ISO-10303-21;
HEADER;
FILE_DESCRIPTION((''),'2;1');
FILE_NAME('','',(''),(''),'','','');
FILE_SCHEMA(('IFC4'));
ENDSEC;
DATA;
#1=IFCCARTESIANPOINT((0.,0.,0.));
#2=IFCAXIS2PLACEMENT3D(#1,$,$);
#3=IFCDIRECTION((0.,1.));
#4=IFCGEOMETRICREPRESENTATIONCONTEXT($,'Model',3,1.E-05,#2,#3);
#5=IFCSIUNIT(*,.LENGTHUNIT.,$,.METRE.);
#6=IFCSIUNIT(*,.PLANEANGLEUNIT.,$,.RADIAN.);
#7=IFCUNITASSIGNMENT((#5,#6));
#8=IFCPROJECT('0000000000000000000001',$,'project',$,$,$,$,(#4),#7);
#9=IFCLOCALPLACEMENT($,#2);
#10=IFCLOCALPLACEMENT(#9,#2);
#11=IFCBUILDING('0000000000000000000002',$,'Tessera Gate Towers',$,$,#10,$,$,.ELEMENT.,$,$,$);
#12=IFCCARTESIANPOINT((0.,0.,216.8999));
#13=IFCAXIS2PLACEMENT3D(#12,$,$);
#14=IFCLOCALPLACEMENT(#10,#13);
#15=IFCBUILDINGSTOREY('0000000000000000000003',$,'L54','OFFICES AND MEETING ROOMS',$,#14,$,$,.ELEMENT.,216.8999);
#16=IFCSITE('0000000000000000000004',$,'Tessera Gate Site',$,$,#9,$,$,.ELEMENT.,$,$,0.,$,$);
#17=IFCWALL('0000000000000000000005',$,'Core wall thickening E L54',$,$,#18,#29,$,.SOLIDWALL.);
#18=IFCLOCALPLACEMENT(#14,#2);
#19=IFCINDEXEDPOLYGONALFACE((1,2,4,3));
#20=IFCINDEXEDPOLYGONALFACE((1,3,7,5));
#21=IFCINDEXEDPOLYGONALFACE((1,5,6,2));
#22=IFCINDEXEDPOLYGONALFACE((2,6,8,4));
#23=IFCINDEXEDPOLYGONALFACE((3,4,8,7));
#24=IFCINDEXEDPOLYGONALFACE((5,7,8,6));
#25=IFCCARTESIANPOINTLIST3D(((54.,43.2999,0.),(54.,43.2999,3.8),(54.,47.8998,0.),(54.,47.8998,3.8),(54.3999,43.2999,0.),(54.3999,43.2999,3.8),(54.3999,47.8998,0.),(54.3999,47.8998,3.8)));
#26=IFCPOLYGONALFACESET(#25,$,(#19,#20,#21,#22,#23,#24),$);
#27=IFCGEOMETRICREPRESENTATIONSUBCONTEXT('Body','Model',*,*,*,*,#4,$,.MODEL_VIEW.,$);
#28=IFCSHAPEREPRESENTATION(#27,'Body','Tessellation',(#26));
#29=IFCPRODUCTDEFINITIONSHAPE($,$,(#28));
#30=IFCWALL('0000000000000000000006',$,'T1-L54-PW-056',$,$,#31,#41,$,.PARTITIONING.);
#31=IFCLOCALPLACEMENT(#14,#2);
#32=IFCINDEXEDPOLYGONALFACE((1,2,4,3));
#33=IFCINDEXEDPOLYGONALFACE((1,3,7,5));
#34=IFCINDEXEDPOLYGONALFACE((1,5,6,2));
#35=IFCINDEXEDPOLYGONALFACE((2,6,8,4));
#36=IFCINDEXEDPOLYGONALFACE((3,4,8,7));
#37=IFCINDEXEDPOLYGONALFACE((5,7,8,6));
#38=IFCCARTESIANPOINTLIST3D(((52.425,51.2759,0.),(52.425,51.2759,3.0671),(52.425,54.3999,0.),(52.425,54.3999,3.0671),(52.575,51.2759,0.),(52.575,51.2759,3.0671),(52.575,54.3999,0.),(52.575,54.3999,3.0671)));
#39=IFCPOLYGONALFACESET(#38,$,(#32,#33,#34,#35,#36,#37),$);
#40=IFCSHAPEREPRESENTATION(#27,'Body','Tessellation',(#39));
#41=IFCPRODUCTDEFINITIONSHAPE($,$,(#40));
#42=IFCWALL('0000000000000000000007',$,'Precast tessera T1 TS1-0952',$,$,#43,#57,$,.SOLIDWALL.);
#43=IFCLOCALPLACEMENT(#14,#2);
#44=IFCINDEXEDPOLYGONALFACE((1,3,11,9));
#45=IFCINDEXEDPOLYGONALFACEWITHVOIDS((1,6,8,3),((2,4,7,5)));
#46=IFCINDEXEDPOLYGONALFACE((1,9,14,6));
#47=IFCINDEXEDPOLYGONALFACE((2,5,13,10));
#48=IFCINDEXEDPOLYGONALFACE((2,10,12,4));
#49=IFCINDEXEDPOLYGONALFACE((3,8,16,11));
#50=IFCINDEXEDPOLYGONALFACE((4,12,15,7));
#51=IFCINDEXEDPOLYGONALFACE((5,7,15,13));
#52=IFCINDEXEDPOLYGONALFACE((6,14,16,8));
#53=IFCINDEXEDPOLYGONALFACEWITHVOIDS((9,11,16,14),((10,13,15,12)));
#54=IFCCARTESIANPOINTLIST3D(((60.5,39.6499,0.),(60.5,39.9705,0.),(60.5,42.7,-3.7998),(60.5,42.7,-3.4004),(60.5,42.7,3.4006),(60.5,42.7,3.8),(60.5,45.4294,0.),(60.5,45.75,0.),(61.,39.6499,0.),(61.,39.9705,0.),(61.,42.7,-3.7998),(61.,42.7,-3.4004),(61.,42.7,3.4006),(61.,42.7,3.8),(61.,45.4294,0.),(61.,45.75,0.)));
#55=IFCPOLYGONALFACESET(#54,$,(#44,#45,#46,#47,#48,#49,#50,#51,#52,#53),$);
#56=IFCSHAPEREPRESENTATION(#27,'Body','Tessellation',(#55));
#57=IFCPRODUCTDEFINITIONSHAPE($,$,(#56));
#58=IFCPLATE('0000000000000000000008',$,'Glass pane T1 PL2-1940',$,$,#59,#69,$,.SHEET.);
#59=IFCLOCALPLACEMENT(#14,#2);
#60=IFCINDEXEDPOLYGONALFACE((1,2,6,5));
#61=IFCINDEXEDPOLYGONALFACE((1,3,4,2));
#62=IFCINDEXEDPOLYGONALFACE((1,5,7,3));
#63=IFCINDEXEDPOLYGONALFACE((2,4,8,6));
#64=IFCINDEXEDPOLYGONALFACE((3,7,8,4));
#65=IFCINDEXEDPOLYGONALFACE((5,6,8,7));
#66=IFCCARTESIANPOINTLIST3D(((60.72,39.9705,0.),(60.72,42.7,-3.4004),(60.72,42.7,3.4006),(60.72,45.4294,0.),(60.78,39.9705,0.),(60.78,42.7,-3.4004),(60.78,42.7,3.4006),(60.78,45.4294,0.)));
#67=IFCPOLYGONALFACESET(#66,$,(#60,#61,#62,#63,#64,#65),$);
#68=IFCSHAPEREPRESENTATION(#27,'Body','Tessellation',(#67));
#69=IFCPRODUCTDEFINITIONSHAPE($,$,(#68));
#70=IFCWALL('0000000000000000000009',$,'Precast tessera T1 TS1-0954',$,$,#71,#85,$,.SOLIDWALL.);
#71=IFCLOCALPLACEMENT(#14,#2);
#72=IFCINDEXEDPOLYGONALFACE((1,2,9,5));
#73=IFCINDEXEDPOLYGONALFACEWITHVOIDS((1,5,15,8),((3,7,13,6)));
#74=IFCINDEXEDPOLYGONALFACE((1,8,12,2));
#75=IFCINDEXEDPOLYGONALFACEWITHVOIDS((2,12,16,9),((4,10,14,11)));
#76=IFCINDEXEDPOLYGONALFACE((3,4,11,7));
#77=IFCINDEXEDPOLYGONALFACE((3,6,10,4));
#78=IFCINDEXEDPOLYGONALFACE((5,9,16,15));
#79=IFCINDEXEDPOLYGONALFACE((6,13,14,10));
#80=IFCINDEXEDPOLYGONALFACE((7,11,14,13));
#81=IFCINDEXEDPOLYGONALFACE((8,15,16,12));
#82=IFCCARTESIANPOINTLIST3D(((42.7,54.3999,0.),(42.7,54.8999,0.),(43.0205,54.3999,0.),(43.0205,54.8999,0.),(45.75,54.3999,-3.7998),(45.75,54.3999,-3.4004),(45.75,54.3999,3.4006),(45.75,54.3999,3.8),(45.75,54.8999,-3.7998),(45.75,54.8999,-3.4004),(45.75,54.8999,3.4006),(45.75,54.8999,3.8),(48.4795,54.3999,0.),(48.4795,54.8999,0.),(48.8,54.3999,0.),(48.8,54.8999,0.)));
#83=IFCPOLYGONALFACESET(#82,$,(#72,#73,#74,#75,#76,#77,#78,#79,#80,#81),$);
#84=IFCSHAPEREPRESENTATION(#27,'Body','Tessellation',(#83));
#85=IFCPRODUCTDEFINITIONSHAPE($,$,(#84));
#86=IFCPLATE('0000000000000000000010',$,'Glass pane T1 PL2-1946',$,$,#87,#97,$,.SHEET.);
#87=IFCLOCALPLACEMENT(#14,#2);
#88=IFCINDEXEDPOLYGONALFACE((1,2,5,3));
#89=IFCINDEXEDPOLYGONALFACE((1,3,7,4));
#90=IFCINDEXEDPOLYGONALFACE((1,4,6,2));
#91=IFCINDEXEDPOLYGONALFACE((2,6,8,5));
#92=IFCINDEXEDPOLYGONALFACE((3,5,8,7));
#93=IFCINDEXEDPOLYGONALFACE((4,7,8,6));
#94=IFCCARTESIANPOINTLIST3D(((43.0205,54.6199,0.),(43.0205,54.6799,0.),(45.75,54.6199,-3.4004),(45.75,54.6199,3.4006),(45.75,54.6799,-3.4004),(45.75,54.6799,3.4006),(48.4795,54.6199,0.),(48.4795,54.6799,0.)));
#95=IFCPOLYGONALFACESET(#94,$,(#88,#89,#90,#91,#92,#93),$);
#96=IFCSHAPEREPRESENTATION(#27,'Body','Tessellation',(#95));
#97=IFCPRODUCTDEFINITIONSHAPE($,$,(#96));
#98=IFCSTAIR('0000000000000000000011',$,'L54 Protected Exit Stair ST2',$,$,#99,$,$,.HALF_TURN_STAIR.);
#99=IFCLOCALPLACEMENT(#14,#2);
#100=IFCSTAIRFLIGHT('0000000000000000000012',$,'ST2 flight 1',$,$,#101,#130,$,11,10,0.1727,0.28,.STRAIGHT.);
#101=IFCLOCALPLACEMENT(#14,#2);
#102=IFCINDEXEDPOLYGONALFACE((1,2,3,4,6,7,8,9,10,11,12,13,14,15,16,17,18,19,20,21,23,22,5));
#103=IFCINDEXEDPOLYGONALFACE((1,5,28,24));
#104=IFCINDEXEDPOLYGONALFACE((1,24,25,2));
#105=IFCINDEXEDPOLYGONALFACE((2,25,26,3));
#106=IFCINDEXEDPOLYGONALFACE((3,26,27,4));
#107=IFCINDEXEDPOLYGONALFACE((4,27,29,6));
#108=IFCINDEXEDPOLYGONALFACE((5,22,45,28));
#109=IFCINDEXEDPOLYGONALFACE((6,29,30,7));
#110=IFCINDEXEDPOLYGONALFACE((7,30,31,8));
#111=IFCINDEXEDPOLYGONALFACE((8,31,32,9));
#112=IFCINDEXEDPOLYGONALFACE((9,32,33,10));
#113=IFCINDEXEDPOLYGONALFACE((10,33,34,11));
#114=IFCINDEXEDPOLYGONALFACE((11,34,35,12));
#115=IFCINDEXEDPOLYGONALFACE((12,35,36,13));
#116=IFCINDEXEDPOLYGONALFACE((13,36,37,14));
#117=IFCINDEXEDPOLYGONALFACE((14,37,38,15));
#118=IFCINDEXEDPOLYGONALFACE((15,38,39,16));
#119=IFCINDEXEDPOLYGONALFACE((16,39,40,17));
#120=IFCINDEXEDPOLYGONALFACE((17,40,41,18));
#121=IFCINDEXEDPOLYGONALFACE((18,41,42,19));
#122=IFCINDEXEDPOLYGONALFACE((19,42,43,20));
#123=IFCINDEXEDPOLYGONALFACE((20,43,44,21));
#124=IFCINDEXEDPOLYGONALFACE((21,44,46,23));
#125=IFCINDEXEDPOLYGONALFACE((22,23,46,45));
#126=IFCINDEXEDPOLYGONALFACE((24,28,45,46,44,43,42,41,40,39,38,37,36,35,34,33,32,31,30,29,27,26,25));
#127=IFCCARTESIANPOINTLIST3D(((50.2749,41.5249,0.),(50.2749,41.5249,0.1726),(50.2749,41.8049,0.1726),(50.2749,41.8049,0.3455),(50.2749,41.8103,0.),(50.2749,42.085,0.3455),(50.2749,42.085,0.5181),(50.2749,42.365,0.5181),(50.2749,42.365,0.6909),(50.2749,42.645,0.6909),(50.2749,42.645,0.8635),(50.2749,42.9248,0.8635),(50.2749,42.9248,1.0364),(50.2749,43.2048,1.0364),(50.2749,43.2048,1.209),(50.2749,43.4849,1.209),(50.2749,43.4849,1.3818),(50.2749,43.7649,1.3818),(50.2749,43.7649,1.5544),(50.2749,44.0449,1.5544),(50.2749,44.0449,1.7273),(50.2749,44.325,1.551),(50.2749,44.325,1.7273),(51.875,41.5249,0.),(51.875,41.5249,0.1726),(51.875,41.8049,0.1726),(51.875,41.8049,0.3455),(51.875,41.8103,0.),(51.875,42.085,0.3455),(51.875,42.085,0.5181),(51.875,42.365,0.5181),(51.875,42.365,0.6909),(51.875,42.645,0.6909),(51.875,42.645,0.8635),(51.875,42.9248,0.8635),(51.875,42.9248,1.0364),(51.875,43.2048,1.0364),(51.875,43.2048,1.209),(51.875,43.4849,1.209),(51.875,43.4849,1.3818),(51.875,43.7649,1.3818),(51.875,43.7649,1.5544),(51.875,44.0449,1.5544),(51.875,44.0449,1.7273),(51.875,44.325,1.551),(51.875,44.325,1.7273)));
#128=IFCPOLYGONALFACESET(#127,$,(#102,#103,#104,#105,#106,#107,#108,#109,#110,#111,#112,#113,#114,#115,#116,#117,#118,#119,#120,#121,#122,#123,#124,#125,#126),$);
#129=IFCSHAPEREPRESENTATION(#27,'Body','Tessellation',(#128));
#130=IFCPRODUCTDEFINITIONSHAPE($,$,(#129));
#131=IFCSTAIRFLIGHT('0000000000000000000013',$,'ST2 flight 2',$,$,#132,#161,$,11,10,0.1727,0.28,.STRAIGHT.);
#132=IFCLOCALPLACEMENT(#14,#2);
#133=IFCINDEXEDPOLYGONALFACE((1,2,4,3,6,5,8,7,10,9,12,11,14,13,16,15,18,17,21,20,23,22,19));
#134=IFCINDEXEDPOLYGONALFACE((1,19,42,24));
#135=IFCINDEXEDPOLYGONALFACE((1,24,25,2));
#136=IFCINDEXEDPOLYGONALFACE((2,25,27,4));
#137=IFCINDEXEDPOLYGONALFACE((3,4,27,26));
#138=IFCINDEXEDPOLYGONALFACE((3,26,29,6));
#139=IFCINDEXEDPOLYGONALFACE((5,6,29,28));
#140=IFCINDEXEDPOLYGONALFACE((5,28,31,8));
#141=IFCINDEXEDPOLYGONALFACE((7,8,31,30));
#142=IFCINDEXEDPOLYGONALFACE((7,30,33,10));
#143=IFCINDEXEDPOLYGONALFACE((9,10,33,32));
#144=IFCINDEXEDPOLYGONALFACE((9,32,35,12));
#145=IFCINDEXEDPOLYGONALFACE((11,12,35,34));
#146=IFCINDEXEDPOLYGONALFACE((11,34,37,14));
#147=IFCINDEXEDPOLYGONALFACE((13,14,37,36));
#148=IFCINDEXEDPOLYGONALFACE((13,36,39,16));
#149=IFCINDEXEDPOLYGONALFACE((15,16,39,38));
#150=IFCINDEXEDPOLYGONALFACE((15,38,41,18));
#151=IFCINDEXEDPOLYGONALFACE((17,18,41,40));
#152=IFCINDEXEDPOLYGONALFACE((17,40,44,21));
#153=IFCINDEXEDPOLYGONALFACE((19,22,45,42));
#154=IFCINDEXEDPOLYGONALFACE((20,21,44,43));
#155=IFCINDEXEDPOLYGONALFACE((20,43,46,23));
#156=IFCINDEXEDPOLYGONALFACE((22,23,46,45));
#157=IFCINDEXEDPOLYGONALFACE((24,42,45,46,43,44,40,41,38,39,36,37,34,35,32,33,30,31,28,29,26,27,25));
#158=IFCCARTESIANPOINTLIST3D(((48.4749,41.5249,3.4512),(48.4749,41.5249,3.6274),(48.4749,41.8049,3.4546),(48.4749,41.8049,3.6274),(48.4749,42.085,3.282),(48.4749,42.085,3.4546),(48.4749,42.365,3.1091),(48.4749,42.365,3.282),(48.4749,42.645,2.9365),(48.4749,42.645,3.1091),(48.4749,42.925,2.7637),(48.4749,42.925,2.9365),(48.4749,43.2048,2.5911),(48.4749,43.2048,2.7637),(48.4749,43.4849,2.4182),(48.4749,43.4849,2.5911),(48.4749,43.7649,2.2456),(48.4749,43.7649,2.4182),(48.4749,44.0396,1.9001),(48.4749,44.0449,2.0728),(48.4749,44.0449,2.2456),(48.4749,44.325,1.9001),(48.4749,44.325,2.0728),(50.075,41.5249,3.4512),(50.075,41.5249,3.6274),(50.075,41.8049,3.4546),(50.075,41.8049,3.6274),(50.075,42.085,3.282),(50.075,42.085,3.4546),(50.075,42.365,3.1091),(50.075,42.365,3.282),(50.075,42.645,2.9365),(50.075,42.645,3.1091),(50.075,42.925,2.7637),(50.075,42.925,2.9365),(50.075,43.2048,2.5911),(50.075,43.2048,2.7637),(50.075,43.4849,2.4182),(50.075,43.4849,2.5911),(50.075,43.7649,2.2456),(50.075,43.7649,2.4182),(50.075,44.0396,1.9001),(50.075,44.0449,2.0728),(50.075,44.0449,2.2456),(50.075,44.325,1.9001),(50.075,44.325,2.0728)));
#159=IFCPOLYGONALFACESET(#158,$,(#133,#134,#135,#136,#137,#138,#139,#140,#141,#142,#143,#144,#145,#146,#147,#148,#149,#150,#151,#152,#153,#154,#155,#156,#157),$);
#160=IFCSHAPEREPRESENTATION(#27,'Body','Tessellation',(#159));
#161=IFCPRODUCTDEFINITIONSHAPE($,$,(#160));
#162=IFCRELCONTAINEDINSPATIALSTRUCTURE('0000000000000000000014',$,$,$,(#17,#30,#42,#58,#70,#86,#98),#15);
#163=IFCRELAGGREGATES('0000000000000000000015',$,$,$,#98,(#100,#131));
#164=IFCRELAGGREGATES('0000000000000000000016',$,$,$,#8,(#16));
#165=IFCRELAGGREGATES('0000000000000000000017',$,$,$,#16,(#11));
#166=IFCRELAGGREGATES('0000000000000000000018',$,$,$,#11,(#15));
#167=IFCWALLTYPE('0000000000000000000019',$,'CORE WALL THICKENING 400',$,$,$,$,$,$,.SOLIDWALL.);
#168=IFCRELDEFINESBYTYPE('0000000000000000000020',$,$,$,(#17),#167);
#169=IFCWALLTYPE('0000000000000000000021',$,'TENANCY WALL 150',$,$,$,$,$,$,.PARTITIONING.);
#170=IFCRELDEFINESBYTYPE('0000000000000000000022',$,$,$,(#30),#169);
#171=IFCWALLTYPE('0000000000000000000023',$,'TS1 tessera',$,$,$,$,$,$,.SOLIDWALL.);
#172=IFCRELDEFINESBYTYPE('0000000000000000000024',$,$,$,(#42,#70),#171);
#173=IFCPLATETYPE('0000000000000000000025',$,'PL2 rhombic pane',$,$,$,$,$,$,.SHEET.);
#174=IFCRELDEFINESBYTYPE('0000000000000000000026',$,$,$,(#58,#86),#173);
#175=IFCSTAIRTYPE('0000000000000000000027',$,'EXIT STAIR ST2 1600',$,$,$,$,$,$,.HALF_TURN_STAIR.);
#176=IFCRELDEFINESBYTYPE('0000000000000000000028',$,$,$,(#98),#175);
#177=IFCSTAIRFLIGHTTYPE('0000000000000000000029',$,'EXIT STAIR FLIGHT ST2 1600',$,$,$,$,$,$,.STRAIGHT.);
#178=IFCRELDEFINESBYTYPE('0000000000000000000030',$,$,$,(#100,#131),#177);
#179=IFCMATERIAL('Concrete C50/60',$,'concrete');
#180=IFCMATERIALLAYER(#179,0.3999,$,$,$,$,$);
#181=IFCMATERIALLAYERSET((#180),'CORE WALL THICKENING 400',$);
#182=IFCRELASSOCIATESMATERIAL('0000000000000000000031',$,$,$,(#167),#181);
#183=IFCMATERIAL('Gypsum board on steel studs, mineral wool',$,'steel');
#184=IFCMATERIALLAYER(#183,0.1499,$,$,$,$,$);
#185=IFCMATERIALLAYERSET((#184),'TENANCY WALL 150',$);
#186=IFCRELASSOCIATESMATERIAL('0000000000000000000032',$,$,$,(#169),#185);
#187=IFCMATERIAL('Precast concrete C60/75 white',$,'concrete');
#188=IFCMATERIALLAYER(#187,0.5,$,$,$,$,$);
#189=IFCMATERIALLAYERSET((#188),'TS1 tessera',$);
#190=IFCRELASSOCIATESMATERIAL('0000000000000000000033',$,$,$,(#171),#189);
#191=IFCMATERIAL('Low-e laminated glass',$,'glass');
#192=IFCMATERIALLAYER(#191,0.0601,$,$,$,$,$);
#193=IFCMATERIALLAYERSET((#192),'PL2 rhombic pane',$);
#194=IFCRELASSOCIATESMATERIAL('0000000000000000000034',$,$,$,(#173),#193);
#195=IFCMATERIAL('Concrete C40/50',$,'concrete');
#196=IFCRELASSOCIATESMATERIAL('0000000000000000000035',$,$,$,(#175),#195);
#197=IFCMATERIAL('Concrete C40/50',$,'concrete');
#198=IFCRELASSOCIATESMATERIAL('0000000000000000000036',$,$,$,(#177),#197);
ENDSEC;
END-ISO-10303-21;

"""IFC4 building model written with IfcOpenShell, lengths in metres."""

from ifc_helpers import new_model, si_unit, direction, frame, frame_2d, origin, place, context, subcontext, project, spatial, polyline, rectangle, outline, extrude, source, transform, mapped, material, layer, layer_set, type_object, element, fill, aggregate, save


model = new_model("IFC4")

# Units and contexts
model_context = context("Model", 3, precision=1e-05, world=origin(), true_north=direction((0.0, 1.0)))
body_context = subcontext(model_context, "Body", "Model", "MODEL_VIEW")
ifc_project = project(units=[si_unit("LENGTHUNIT", "METRE"), si_unit("PLANEANGLEUNIT", "RADIAN")], contexts=[model_context])

# Site, building, storey
site_placement = place(None, origin())
site = spatial("IfcSite", under=ifc_project, at=site_placement, Name="Tessera Gate Site", CompositionType="ELEMENT", RefElevation=0.0)
building_placement = place(site_placement, origin())
building = spatial("IfcBuilding", under=site, at=building_placement, Name="Tessera Gate Towers", CompositionType="ELEMENT")
storey_placement = place(building_placement, frame((0.0, 0.0, 216.8999)))
storey = spatial("IfcBuildingStorey", under=building, at=storey_placement, Name="L54", Description="OFFICES AND MEETING ROOMS", CompositionType="ELEMENT", Elevation=216.8999)

# Walls
ifc_material_1 = material(Name="Concrete C50/60", Category="concrete")
ifc_layer_1 = layer(ifc_material_1, 0.3999)
ifc_layer_set_1 = layer_set([ifc_layer_1], Name="CORE WALL THICKENING 400")
wall_type_1 = type_object("IfcWallType", Name="CORE WALL THICKENING 400", PredefinedType="SOLIDWALL", material=ifc_layer_set_1)
wall_1_placement = place(storey_placement, frame((54.2, 43.3, 0.0), z_axis=(0.0, 0.0, 1.0), x_axis=(0.0, 1.0, 0.0)))
element("IfcWall", 1, at=wall_1_placement, inside=storey, type_object=wall_type_1, Name="Core wall thickening E L54", PredefinedType="SOLIDWALL", context=body_context, shape_type="SweptSolid", body=[
    extrude(rectangle(XDim=4.5999, YDim=0.3999, at=frame_2d((2.2998, 0.0))), origin(), (0.0, 0.0, 1.0), 3.8),
])
ifc_material_2 = material(Name="Gypsum board on steel studs, mineral wool", Category="steel")
ifc_layer_2 = layer(ifc_material_2, 0.1499)
ifc_layer_set_2 = layer_set([ifc_layer_2], Name="TENANCY WALL 150")
wall_type_2 = type_object("IfcWallType", Name="TENANCY WALL 150", PredefinedType="PARTITIONING", material=ifc_layer_set_2)
wall_2_placement = place(storey_placement, frame((52.5, 51.2759, 0.0), z_axis=(0.0, 0.0, 1.0), x_axis=(0.0, 1.0, 0.0)))
element("IfcWall", 2, at=wall_2_placement, inside=storey, type_object=wall_type_2, Name="T1-L54-PW-056", PredefinedType="PARTITIONING", context=body_context, shape_type="SweptSolid", body=[
    extrude(rectangle(XDim=3.124, YDim=0.1499, at=frame_2d((1.562, 0.0))), origin(), (0.0, 0.0, 1.0), 3.0671),
])

# Walls, openings, plates
ifc_material_3 = material(Name="Precast concrete C60/75 white", Category="concrete")
ifc_layer_3 = layer(ifc_material_3, 0.5)
ifc_layer_set_3 = layer_set([ifc_layer_3], Name="TS1 tessera")
wall_type_3 = type_object("IfcWallType", Name="TS1 tessera", PredefinedType="SOLIDWALL", material=ifc_layer_set_3)
shared_shape_1 = source(origin(), body_context, "Body", "SweptSolid", [
    extrude(outline(polyline([(3.05, 0.0), (6.1001, 3.7998), (3.05, 7.5999), (0.0, 3.7998), (3.05, 0.0)])), frame((0.0, 0.25, 0.0), z_axis=(0.0, -1.0, 0.0), x_axis=(1.0, 0.0, 0.0)), (0.0, 0.0, 1.0), 0.5),
])
wall_3_placement = place(storey_placement, frame((60.75, 39.6499, -3.7998), z_axis=(0.0, 0.0, 1.0), x_axis=(0.0, 1.0, 0.0)))
wall_3 = element("IfcWall", 3, at=wall_3_placement, inside=storey, type_object=wall_type_3, Name="Precast tessera T1 TS1-0952", PredefinedType="SOLIDWALL", context=body_context, shape_type="MappedRepresentation", body=[
    mapped(shared_shape_1, transform((0.0, 0.0, 0.0), scale=1.0)),
])
shared_shape_2 = source(origin(), body_context, "Body", "SweptSolid", [
    extrude(outline(polyline([(3.05, 0.3994), (5.7795, 3.7998), (3.05, 7.2004), (0.3206, 3.7998), (3.05, 0.3994)])), frame((0.0, 0.26, 0.0), z_axis=(0.0, -1.0, 0.0), x_axis=(1.0, 0.0, 0.0)), (0.0, 0.0, 1.0), 0.52),
])
opening_1_placement = place(wall_3_placement, origin())
opening_1 = element("IfcOpeningElement", 4, at=opening_1_placement, cuts=wall_3, PredefinedType="OPENING", context=body_context, shape_type="MappedRepresentation", body=[
    mapped(shared_shape_2, transform((0.0, 0.0, 0.0), scale=1.0)),
])
ifc_material_4 = material(Name="Low-e laminated glass", Category="glass")
ifc_layer_4 = layer(ifc_material_4, 0.0601)
ifc_layer_set_4 = layer_set([ifc_layer_4], Name="PL2 rhombic pane")
plate_type = type_object("IfcPlateType", Name="PL2 rhombic pane", PredefinedType="SHEET", material=ifc_layer_set_4)
shared_shape_3 = source(origin(), body_context, "Body", "SweptSolid", [
    extrude(outline(polyline([(3.05, 0.3994), (5.7795, 3.7998), (3.05, 7.2004), (0.3206, 3.7998), (3.05, 0.3994)])), frame((0.0, 0.03, 0.0), z_axis=(0.0, -1.0, 0.0), x_axis=(1.0, 0.0, 0.0)), (0.0, 0.0, 1.0), 0.0601),
])
plate_1_placement = place(opening_1_placement, origin())
plate_1 = element("IfcPlate", 5, at=plate_1_placement, inside=storey, type_object=plate_type, Name="Glass pane T1 PL2-1940", PredefinedType="SHEET", context=body_context, shape_type="MappedRepresentation", body=[
    mapped(shared_shape_3, transform((0.0, 0.0, 0.0), scale=1.0)),
])
fill(opening_1, plate_1)
wall_4_placement = place(storey_placement, frame((48.8, 54.6499, -3.7998), z_axis=(0.0, 0.0, 1.0), x_axis=(-1.0, 0.0, 0.0)))
wall_4 = element("IfcWall", 6, at=wall_4_placement, inside=storey, type_object=wall_type_3, Name="Precast tessera T1 TS1-0954", PredefinedType="SOLIDWALL", context=body_context, shape_type="MappedRepresentation", body=[
    mapped(shared_shape_1, transform((0.0, 0.0, 0.0), scale=1.0)),
])
opening_2_placement = place(wall_4_placement, origin())
opening_2 = element("IfcOpeningElement", 7, at=opening_2_placement, cuts=wall_4, PredefinedType="OPENING", context=body_context, shape_type="MappedRepresentation", body=[
    mapped(shared_shape_2, transform((0.0, 0.0, 0.0), scale=1.0)),
])
plate_2_placement = place(opening_2_placement, origin())
plate_2 = element("IfcPlate", 8, at=plate_2_placement, inside=storey, type_object=plate_type, Name="Glass pane T1 PL2-1946", PredefinedType="SHEET", context=body_context, shape_type="MappedRepresentation", body=[
    mapped(shared_shape_3, transform((0.0, 0.0, 0.0), scale=1.0)),
])
fill(opening_2, plate_2)

# Stair, stair flights
ifc_material_5 = material(Name="Concrete C40/50", Category="concrete")
stair_type = type_object("IfcStairType", Name="EXIT STAIR ST2 1600", PredefinedType="HALF_TURN_STAIR", material=ifc_material_5)
stair_placement = place(storey_placement, origin())
stair = element("IfcStair", 9, at=stair_placement, inside=storey, type_object=stair_type, Name="L54 Protected Exit Stair ST2", PredefinedType="HALF_TURN_STAIR")
ifc_material_6 = material(Name="Concrete C40/50", Category="concrete")
stair_flight_type = type_object("IfcStairFlightType", Name="EXIT STAIR FLIGHT ST2 1600", PredefinedType="STRAIGHT", material=ifc_material_6)
stair_flight_1_placement = place(storey_placement, frame((51.075, 41.5249, 0.0), z_axis=(0.0, 0.0, 1.0), x_axis=(0.0, 1.0, 0.0)))
stair_flight_1 = element("IfcStairFlight", 10, at=stair_flight_1_placement, type_object=stair_flight_type, Name="ST2 flight 1", NumberOfRisers=11, NumberOfTreads=10, PredefinedType="STRAIGHT", RiserHeight=0.1727, TreadLength=0.28, context=body_context, shape_type="SweptSolid", body=[
    extrude(outline(polyline([(0.0, 0.0), (0.0, 0.1726), (0.28, 0.1726), (0.28, 0.3455), (0.5601, 0.3455), (0.5601, 0.5181), (0.8401, 0.5181), (0.8401, 0.6909), (1.1201, 0.6909), (1.1201, 0.8635), (1.3999, 0.8635), (1.3999, 1.0364), (1.6799, 1.0364), (1.6799, 1.209), (1.96, 1.209), (1.96, 1.3818), (2.24, 1.3818), (2.24, 1.5544), (2.52, 1.5544), (2.52, 1.7273), (2.8, 1.7273), (2.8, 1.8999), (2.8, 1.551), (0.2854, 0.0), (0.0, 0.0)])), frame((0.0, 0.8, 0.0), z_axis=(0.0, -1.0, 0.0), x_axis=(1.0, 0.0, 0.0)), (0.0, 0.0, 1.0), 1.6001),
])
stair_flight_2_placement = place(storey_placement, frame((49.2749, 44.325, 1.9001), z_axis=(0.0, 0.0, 1.0), x_axis=(0.0, -1.0, 0.0)))
stair_flight_2 = element("IfcStairFlight", 11, at=stair_flight_2_placement, type_object=stair_flight_type, Name="ST2 flight 2", NumberOfRisers=11, NumberOfTreads=10, PredefinedType="STRAIGHT", RiserHeight=0.1727, TreadLength=0.28, context=body_context, shape_type="SweptSolid", body=[
    extrude(outline(polyline([(0.0, 0.0), (0.0, 0.1726), (0.28, 0.1726), (0.28, 0.3455), (0.5601, 0.3455), (0.5601, 0.5181), (0.8401, 0.5181), (0.8401, 0.6909), (1.1201, 0.6909), (1.1201, 0.8635), (1.3999, 0.8635), (1.3999, 1.0364), (1.6799, 1.0364), (1.6799, 1.209), (1.96, 1.209), (1.96, 1.3818), (2.24, 1.3818), (2.24, 1.5544), (2.52, 1.5544), (2.52, 1.7273), (2.8, 1.7273), (2.8, 1.8999), (2.8, 1.551), (0.2854, 0.0), (0.0, 0.0)])), frame((0.0, 0.8, 0.0), z_axis=(0.0, -1.0, 0.0), x_axis=(1.0, 0.0, 0.0)), (0.0, 0.0, 1.0), 1.6001),
])
aggregate(stair, [stair_flight_1, stair_flight_2])

save(model, "model.ifc")
